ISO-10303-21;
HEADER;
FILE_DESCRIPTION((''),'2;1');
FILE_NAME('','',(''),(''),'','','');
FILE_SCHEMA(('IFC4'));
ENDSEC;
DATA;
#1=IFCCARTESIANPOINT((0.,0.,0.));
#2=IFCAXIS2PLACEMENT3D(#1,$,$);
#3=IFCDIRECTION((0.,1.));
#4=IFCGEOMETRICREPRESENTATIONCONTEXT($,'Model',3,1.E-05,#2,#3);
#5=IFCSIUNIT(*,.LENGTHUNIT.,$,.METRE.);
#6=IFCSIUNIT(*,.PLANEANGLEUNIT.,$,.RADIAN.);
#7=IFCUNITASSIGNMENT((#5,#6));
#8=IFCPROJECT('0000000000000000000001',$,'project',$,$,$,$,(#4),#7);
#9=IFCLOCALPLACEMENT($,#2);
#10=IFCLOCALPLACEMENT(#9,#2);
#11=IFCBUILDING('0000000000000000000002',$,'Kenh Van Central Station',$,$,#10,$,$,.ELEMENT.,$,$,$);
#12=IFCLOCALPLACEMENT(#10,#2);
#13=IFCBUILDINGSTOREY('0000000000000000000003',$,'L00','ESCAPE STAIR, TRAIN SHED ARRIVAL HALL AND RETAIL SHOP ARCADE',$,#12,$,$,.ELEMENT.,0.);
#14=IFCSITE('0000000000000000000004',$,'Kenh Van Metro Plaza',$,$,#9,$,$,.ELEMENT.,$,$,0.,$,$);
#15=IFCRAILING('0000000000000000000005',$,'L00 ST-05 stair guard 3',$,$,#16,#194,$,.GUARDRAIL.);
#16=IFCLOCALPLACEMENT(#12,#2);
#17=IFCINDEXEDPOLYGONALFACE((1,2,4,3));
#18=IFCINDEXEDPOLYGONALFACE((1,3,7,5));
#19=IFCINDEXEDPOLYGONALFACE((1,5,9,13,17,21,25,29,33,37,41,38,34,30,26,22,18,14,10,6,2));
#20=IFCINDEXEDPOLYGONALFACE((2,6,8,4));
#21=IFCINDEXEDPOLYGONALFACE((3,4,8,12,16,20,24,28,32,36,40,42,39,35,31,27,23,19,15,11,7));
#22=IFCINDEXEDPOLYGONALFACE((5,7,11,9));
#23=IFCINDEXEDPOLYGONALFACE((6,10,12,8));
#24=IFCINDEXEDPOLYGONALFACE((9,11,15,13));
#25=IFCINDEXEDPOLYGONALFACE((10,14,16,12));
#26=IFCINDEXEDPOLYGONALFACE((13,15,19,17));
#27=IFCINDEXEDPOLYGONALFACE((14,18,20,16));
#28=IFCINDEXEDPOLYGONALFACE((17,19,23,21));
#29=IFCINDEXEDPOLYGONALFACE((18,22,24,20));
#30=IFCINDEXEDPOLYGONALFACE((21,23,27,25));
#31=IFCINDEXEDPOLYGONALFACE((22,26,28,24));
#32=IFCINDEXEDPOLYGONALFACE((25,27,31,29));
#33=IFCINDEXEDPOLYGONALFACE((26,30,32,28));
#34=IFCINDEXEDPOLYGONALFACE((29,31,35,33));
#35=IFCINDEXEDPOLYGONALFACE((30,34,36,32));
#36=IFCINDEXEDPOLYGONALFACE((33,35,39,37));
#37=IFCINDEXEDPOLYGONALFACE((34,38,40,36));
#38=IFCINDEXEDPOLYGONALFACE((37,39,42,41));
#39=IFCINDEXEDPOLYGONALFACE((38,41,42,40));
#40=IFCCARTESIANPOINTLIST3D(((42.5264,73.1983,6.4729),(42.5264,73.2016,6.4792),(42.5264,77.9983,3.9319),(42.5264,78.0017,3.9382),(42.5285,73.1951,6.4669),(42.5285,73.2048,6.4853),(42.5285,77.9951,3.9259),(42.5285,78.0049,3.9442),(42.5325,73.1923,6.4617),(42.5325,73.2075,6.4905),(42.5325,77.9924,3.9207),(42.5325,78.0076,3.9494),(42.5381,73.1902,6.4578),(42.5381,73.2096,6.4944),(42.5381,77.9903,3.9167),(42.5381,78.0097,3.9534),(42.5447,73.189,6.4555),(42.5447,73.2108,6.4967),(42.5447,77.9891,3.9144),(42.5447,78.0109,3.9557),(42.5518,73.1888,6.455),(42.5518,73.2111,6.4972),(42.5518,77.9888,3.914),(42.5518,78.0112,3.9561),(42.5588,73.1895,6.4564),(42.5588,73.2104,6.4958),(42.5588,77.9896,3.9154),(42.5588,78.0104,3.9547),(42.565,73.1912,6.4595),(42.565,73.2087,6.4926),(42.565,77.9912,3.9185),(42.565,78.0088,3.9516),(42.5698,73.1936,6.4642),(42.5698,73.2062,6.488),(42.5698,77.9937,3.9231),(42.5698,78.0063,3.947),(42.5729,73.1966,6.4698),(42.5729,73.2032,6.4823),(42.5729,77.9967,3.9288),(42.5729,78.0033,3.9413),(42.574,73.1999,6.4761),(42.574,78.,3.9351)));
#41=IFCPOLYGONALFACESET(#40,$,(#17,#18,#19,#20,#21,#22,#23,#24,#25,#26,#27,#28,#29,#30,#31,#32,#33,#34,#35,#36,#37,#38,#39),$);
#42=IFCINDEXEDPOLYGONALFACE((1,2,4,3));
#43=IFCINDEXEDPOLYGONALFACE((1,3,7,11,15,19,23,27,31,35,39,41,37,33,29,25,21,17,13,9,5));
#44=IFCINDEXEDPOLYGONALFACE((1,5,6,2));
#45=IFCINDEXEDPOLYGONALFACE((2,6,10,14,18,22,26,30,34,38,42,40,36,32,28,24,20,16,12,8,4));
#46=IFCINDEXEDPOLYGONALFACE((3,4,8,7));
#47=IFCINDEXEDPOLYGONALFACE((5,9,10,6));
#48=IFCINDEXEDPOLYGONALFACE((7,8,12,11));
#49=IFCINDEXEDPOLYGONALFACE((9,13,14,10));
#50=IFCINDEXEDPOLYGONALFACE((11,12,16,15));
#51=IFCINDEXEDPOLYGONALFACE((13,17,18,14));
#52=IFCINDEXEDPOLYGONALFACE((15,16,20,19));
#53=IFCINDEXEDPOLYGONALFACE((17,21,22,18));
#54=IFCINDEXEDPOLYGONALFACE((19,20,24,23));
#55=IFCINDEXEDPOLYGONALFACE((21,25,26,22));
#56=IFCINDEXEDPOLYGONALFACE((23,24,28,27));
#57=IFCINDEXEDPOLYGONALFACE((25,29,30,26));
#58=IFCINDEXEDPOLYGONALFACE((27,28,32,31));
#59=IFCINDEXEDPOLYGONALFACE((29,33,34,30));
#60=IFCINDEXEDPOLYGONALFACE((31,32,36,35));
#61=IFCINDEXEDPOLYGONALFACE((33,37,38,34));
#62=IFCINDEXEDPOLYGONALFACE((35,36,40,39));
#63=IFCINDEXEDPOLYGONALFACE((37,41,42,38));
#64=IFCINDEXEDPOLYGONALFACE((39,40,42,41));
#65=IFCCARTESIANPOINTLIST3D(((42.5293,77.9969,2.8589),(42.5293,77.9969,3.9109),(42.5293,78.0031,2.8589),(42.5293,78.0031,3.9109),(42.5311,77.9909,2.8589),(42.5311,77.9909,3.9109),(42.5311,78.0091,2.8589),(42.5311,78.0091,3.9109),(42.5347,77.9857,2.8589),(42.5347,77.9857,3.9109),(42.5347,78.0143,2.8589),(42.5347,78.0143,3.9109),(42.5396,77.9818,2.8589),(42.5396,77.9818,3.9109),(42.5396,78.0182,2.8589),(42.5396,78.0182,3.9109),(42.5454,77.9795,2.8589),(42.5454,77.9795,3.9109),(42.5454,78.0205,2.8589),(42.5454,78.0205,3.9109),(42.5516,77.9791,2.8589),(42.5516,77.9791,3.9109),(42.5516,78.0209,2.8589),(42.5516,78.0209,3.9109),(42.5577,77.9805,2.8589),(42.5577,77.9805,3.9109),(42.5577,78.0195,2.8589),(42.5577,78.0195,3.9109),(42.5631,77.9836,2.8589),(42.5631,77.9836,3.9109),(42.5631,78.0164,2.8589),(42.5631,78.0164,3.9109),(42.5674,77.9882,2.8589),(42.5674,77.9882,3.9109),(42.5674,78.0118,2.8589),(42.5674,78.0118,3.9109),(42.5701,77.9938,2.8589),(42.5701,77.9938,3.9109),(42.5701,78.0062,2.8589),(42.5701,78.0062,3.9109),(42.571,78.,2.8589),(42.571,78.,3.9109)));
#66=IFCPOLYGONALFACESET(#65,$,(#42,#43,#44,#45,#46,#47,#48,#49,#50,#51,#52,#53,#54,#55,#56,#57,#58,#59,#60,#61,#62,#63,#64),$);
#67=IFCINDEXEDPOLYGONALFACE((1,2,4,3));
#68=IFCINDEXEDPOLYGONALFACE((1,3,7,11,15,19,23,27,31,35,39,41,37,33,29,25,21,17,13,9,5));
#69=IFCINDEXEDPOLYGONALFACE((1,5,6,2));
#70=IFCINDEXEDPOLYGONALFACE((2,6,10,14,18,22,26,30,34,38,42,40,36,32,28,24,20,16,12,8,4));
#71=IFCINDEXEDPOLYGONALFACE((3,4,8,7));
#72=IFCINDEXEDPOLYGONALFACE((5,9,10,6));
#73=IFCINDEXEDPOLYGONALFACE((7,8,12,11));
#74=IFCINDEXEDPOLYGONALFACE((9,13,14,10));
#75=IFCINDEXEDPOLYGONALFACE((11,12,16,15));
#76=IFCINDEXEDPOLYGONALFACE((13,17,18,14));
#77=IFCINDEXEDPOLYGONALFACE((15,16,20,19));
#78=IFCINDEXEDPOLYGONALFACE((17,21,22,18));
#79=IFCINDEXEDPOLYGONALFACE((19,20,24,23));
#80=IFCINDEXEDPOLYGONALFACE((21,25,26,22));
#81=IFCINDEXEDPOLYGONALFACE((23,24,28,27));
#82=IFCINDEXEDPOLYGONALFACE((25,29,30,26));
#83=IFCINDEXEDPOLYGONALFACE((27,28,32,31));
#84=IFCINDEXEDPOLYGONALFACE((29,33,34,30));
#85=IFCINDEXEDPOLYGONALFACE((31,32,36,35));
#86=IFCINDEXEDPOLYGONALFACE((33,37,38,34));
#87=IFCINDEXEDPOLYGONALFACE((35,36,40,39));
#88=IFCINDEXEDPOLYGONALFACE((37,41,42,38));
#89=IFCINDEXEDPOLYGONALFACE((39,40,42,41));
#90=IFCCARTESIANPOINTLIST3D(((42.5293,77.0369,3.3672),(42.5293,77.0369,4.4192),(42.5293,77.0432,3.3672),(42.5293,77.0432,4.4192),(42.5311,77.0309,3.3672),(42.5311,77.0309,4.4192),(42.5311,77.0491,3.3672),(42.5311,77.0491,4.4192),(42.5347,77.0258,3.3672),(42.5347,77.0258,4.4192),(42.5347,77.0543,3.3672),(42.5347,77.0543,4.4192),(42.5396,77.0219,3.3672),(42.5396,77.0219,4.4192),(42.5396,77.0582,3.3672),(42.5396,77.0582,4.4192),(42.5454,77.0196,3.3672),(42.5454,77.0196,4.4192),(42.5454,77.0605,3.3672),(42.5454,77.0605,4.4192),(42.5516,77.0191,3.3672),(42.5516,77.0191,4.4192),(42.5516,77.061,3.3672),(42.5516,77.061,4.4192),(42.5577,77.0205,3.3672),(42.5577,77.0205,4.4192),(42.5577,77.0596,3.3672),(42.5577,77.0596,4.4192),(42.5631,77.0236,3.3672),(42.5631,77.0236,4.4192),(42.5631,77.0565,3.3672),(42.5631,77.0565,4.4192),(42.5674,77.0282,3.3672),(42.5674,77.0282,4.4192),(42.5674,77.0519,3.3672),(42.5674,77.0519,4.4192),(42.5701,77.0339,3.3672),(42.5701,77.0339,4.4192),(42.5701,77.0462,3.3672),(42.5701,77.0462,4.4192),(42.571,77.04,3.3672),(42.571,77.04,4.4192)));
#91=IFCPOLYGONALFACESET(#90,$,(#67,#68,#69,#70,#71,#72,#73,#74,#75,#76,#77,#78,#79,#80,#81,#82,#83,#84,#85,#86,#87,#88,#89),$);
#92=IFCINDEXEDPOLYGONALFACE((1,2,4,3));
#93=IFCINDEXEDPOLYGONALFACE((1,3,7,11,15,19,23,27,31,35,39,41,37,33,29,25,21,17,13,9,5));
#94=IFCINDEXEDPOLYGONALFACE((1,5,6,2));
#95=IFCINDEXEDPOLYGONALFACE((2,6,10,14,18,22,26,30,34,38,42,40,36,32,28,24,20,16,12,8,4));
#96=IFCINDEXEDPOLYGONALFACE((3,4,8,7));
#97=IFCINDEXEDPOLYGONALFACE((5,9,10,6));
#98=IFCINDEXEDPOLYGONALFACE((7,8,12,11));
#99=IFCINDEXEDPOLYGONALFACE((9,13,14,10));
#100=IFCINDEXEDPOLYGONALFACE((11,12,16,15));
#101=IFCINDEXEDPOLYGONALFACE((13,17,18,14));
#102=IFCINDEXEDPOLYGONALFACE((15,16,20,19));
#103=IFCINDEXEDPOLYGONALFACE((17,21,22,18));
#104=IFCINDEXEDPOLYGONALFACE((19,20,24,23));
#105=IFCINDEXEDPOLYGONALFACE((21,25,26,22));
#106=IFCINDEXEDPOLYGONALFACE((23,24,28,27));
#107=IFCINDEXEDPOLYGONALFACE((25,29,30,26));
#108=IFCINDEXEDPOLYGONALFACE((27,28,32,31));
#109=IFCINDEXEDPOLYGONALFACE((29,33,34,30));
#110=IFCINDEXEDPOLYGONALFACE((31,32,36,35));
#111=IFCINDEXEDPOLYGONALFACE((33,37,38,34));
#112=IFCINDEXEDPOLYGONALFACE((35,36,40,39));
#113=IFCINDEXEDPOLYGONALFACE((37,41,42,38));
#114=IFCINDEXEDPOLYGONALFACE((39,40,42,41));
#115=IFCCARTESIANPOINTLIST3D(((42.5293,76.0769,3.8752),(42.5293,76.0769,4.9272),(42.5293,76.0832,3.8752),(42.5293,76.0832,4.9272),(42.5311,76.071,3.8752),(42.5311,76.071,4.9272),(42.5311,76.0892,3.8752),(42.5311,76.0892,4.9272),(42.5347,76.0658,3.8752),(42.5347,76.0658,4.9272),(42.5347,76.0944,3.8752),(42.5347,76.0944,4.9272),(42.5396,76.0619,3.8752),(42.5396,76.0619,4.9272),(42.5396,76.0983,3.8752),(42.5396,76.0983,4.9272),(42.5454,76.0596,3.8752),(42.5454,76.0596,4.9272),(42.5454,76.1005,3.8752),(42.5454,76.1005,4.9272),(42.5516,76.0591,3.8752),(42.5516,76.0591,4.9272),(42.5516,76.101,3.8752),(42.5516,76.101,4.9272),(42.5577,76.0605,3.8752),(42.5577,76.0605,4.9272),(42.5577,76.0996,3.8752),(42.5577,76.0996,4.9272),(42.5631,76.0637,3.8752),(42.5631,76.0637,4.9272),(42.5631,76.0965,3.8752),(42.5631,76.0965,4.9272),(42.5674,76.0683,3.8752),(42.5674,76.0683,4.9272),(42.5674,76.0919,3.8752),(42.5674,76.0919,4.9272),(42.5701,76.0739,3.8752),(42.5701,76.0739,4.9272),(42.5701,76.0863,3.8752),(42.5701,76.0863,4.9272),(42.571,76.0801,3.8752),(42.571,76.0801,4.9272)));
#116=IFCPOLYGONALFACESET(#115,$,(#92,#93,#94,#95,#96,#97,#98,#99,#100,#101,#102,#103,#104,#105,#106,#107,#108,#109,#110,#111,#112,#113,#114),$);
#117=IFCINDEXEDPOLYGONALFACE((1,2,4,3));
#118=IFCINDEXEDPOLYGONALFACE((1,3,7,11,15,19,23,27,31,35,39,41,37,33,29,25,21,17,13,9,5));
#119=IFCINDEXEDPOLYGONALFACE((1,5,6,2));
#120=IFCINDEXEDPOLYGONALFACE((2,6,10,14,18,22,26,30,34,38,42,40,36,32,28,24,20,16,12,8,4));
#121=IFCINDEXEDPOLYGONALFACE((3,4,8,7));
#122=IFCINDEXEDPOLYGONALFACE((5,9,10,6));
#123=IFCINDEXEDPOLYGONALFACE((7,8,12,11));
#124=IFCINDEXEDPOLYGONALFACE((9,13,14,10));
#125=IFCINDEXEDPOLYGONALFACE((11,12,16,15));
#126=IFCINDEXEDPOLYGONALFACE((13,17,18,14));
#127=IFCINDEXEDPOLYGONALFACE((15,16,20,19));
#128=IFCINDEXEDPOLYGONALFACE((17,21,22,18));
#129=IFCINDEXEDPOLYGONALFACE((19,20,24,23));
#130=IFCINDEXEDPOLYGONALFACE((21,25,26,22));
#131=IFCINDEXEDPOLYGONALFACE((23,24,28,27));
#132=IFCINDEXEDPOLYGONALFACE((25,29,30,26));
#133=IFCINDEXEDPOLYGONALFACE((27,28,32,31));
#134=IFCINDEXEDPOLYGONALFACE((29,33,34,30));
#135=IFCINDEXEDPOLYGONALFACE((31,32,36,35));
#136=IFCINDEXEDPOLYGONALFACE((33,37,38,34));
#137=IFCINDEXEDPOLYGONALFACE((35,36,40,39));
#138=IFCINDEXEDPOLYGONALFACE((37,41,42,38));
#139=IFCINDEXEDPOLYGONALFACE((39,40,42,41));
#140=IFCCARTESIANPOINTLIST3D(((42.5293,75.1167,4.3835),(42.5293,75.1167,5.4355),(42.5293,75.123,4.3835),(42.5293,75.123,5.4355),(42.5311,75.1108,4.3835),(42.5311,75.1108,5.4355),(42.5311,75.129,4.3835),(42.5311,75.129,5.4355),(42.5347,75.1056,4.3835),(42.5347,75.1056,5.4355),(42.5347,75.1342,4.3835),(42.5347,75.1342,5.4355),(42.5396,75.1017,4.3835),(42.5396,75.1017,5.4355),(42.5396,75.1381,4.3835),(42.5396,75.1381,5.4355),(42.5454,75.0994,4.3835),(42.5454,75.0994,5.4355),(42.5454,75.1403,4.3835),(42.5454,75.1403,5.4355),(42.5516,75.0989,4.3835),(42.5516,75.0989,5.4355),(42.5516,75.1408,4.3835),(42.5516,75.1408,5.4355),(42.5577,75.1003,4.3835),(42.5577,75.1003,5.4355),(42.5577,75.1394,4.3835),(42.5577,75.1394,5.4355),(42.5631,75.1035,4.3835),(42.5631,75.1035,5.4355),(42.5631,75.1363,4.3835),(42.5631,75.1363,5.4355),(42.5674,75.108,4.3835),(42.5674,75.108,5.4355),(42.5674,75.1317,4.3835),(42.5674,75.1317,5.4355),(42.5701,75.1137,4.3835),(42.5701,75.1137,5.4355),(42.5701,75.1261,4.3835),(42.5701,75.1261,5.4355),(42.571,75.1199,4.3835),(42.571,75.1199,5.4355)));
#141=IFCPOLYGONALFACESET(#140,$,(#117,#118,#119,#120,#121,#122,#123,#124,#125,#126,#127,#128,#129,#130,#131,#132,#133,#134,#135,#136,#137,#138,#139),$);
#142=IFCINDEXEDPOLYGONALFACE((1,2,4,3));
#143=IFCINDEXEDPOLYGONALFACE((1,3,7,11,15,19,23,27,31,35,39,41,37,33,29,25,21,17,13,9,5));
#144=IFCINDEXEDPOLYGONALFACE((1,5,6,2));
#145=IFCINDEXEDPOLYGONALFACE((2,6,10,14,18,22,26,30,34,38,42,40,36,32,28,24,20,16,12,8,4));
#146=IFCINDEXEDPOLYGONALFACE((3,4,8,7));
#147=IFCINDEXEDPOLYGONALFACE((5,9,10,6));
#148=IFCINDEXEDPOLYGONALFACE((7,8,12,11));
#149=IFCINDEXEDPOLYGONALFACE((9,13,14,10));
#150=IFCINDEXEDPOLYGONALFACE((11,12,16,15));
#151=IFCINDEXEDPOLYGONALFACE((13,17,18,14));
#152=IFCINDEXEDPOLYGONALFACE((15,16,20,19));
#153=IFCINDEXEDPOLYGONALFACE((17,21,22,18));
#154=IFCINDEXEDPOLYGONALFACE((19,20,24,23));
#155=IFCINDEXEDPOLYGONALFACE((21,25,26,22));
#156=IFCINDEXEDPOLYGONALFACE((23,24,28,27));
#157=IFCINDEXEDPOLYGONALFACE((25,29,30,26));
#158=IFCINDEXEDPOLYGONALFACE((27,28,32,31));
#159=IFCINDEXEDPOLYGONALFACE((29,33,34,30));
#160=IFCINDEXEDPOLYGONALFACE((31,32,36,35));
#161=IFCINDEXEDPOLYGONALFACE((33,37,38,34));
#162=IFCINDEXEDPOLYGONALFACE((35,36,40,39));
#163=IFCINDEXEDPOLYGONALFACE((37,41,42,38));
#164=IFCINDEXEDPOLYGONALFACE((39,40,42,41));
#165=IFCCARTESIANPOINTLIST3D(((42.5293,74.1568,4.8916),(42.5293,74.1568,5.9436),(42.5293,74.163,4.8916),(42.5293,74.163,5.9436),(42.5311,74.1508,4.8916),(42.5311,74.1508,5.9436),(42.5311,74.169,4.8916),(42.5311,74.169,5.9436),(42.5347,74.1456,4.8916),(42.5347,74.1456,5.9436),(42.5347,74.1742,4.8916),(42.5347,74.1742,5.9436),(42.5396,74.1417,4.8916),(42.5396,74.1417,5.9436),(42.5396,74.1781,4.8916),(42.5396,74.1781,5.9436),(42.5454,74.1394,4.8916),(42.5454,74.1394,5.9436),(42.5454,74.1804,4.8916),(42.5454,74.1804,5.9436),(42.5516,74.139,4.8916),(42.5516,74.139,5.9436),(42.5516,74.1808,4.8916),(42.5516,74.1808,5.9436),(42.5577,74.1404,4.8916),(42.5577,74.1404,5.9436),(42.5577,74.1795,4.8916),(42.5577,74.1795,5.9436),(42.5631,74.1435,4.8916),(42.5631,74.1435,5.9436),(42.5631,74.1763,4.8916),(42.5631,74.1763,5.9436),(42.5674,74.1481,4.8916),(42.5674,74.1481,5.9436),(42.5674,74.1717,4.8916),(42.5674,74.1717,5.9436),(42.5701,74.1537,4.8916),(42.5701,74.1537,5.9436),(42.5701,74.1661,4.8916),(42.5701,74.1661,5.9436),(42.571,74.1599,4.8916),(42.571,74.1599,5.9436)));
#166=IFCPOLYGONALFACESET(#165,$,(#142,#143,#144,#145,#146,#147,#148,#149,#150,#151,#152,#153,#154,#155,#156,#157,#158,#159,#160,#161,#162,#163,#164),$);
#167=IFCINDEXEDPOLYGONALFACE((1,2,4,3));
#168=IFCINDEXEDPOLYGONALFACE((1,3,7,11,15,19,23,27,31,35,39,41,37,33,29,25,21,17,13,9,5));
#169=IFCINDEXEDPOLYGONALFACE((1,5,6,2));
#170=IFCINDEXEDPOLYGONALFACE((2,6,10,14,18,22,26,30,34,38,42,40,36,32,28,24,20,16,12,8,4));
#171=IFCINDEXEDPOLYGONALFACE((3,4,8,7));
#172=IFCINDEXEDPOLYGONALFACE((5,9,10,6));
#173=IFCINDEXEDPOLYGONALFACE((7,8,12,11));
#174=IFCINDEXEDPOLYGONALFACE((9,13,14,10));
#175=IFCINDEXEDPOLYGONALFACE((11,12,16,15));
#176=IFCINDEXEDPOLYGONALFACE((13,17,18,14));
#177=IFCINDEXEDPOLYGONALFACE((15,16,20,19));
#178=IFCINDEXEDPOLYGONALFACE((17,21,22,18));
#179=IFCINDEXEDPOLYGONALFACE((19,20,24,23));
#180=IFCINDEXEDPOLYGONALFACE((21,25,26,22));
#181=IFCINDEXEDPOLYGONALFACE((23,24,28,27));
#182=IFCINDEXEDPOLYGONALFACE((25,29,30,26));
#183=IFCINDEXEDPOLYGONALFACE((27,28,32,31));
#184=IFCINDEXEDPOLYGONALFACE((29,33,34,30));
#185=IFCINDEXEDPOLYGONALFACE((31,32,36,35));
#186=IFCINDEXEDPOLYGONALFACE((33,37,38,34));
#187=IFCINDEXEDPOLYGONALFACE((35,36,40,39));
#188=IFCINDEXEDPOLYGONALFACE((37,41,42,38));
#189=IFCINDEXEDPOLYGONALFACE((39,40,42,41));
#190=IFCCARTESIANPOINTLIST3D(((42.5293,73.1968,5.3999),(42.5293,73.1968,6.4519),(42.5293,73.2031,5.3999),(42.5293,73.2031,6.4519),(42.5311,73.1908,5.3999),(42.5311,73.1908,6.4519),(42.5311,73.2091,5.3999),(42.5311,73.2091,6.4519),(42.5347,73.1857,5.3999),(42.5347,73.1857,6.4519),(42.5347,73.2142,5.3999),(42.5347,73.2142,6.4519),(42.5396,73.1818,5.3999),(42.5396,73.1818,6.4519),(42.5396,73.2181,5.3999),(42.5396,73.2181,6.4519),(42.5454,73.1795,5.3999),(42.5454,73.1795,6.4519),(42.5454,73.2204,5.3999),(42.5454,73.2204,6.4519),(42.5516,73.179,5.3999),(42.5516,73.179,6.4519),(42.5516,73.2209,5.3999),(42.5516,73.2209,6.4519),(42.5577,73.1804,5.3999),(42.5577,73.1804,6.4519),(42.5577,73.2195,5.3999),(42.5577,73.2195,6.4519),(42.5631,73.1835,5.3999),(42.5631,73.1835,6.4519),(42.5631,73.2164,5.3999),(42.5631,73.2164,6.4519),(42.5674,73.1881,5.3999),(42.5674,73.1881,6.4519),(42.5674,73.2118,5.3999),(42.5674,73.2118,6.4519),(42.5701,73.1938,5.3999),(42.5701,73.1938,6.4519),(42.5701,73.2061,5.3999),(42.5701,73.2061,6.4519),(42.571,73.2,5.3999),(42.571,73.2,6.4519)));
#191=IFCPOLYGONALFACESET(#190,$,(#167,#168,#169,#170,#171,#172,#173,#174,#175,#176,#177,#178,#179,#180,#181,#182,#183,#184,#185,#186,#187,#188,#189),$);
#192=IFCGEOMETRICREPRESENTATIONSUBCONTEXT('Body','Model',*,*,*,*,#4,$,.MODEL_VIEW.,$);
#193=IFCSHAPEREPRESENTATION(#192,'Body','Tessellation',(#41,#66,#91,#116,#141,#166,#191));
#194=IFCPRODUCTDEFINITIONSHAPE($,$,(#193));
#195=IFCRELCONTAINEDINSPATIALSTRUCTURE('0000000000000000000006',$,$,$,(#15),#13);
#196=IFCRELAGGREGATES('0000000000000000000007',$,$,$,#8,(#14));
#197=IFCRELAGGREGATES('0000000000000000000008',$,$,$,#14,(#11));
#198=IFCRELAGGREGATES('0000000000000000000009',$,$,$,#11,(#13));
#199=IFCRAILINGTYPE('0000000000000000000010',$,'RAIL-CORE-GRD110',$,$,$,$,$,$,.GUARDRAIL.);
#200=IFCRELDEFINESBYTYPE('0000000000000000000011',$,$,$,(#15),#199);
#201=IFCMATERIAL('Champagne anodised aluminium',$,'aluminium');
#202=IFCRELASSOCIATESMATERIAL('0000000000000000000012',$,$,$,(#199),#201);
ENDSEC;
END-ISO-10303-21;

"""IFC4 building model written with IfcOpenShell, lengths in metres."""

from ifc_helpers import new_model, si_unit, direction, frame, origin, origin_2d, place, context, subcontext, project, spatial, circle, extrude, material, type_object, element, save


model = new_model("IFC4")

# Units and contexts
model_context = context("Model", 3, precision=1e-05, world=origin(), true_north=direction((0.0, 1.0)))
body_context = subcontext(model_context, "Body", "Model", "MODEL_VIEW")
ifc_project = project(units=[si_unit("LENGTHUNIT", "METRE"), si_unit("PLANEANGLEUNIT", "RADIAN")], contexts=[model_context])

# Site, building, storey
site_placement = place(None, origin())
site = spatial("IfcSite", under=ifc_project, at=site_placement, Name="Kenh Van Metro Plaza", CompositionType="ELEMENT", RefElevation=0.0)
building_placement = place(site_placement, origin())
building = spatial("IfcBuilding", under=site, at=building_placement, Name="Kenh Van Central Station", CompositionType="ELEMENT")
storey_placement = place(building_placement, origin())
storey = spatial("IfcBuildingStorey", under=building, at=storey_placement, Name="L00", Description="ESCAPE STAIR, TRAIN SHED ARRIVAL HALL AND RETAIL SHOP ARCADE", CompositionType="ELEMENT", Elevation=0.0)

# Shared definitions
ifc_material_1 = material(Name="Champagne anodised aluminium", Category="aluminium")

# Railing
railing_type_1 = type_object("IfcRailingType", Name="RAIL-CORE-GRD110", PredefinedType="GUARDRAIL", material=ifc_material_1)
railing_1_placement = place(storey_placement, frame((42.55, 78.0, 2.8589)))
element("IfcRailing", 1, at=railing_1_placement, inside=storey, type_object=railing_type_1, Name="L00 ST-05 stair guard 3", PredefinedType="GUARDRAIL", context=body_context, shape_type="SweptSolid", body=[
    extrude(circle(Radius=0.0239, at=origin_2d()), frame((0.0, 0.0, 1.0762), z_axis=(0.0, -0.883802, 0.467861), x_axis=(1.0, 0.0, 0.0)), (0.0, 0.0, 1.0), 5.4312),
    extrude(circle(Radius=0.021, at=origin_2d()), origin(), (0.0, 0.0, 1.0), 1.052),
    extrude(circle(Radius=0.021, at=origin_2d()), frame((0.0, -0.96, 0.5083)), (0.0, 0.0, 1.0), 1.052),
    extrude(circle(Radius=0.021, at=origin_2d()), frame((0.0, -1.9199, 1.0164)), (0.0, 0.0, 1.0), 1.052),
    extrude(circle(Radius=0.021, at=origin_2d()), frame((0.0, -2.8801, 1.5247)), (0.0, 0.0, 1.0), 1.052),
    extrude(circle(Radius=0.021, at=origin_2d()), frame((0.0, -3.8401, 2.0327)), (0.0, 0.0, 1.0), 1.052),
    extrude(circle(Radius=0.021, at=origin_2d()), frame((0.0, -4.8, 2.541)), (0.0, 0.0, 1.0), 1.052),
])

save(model, "model.ifc")
